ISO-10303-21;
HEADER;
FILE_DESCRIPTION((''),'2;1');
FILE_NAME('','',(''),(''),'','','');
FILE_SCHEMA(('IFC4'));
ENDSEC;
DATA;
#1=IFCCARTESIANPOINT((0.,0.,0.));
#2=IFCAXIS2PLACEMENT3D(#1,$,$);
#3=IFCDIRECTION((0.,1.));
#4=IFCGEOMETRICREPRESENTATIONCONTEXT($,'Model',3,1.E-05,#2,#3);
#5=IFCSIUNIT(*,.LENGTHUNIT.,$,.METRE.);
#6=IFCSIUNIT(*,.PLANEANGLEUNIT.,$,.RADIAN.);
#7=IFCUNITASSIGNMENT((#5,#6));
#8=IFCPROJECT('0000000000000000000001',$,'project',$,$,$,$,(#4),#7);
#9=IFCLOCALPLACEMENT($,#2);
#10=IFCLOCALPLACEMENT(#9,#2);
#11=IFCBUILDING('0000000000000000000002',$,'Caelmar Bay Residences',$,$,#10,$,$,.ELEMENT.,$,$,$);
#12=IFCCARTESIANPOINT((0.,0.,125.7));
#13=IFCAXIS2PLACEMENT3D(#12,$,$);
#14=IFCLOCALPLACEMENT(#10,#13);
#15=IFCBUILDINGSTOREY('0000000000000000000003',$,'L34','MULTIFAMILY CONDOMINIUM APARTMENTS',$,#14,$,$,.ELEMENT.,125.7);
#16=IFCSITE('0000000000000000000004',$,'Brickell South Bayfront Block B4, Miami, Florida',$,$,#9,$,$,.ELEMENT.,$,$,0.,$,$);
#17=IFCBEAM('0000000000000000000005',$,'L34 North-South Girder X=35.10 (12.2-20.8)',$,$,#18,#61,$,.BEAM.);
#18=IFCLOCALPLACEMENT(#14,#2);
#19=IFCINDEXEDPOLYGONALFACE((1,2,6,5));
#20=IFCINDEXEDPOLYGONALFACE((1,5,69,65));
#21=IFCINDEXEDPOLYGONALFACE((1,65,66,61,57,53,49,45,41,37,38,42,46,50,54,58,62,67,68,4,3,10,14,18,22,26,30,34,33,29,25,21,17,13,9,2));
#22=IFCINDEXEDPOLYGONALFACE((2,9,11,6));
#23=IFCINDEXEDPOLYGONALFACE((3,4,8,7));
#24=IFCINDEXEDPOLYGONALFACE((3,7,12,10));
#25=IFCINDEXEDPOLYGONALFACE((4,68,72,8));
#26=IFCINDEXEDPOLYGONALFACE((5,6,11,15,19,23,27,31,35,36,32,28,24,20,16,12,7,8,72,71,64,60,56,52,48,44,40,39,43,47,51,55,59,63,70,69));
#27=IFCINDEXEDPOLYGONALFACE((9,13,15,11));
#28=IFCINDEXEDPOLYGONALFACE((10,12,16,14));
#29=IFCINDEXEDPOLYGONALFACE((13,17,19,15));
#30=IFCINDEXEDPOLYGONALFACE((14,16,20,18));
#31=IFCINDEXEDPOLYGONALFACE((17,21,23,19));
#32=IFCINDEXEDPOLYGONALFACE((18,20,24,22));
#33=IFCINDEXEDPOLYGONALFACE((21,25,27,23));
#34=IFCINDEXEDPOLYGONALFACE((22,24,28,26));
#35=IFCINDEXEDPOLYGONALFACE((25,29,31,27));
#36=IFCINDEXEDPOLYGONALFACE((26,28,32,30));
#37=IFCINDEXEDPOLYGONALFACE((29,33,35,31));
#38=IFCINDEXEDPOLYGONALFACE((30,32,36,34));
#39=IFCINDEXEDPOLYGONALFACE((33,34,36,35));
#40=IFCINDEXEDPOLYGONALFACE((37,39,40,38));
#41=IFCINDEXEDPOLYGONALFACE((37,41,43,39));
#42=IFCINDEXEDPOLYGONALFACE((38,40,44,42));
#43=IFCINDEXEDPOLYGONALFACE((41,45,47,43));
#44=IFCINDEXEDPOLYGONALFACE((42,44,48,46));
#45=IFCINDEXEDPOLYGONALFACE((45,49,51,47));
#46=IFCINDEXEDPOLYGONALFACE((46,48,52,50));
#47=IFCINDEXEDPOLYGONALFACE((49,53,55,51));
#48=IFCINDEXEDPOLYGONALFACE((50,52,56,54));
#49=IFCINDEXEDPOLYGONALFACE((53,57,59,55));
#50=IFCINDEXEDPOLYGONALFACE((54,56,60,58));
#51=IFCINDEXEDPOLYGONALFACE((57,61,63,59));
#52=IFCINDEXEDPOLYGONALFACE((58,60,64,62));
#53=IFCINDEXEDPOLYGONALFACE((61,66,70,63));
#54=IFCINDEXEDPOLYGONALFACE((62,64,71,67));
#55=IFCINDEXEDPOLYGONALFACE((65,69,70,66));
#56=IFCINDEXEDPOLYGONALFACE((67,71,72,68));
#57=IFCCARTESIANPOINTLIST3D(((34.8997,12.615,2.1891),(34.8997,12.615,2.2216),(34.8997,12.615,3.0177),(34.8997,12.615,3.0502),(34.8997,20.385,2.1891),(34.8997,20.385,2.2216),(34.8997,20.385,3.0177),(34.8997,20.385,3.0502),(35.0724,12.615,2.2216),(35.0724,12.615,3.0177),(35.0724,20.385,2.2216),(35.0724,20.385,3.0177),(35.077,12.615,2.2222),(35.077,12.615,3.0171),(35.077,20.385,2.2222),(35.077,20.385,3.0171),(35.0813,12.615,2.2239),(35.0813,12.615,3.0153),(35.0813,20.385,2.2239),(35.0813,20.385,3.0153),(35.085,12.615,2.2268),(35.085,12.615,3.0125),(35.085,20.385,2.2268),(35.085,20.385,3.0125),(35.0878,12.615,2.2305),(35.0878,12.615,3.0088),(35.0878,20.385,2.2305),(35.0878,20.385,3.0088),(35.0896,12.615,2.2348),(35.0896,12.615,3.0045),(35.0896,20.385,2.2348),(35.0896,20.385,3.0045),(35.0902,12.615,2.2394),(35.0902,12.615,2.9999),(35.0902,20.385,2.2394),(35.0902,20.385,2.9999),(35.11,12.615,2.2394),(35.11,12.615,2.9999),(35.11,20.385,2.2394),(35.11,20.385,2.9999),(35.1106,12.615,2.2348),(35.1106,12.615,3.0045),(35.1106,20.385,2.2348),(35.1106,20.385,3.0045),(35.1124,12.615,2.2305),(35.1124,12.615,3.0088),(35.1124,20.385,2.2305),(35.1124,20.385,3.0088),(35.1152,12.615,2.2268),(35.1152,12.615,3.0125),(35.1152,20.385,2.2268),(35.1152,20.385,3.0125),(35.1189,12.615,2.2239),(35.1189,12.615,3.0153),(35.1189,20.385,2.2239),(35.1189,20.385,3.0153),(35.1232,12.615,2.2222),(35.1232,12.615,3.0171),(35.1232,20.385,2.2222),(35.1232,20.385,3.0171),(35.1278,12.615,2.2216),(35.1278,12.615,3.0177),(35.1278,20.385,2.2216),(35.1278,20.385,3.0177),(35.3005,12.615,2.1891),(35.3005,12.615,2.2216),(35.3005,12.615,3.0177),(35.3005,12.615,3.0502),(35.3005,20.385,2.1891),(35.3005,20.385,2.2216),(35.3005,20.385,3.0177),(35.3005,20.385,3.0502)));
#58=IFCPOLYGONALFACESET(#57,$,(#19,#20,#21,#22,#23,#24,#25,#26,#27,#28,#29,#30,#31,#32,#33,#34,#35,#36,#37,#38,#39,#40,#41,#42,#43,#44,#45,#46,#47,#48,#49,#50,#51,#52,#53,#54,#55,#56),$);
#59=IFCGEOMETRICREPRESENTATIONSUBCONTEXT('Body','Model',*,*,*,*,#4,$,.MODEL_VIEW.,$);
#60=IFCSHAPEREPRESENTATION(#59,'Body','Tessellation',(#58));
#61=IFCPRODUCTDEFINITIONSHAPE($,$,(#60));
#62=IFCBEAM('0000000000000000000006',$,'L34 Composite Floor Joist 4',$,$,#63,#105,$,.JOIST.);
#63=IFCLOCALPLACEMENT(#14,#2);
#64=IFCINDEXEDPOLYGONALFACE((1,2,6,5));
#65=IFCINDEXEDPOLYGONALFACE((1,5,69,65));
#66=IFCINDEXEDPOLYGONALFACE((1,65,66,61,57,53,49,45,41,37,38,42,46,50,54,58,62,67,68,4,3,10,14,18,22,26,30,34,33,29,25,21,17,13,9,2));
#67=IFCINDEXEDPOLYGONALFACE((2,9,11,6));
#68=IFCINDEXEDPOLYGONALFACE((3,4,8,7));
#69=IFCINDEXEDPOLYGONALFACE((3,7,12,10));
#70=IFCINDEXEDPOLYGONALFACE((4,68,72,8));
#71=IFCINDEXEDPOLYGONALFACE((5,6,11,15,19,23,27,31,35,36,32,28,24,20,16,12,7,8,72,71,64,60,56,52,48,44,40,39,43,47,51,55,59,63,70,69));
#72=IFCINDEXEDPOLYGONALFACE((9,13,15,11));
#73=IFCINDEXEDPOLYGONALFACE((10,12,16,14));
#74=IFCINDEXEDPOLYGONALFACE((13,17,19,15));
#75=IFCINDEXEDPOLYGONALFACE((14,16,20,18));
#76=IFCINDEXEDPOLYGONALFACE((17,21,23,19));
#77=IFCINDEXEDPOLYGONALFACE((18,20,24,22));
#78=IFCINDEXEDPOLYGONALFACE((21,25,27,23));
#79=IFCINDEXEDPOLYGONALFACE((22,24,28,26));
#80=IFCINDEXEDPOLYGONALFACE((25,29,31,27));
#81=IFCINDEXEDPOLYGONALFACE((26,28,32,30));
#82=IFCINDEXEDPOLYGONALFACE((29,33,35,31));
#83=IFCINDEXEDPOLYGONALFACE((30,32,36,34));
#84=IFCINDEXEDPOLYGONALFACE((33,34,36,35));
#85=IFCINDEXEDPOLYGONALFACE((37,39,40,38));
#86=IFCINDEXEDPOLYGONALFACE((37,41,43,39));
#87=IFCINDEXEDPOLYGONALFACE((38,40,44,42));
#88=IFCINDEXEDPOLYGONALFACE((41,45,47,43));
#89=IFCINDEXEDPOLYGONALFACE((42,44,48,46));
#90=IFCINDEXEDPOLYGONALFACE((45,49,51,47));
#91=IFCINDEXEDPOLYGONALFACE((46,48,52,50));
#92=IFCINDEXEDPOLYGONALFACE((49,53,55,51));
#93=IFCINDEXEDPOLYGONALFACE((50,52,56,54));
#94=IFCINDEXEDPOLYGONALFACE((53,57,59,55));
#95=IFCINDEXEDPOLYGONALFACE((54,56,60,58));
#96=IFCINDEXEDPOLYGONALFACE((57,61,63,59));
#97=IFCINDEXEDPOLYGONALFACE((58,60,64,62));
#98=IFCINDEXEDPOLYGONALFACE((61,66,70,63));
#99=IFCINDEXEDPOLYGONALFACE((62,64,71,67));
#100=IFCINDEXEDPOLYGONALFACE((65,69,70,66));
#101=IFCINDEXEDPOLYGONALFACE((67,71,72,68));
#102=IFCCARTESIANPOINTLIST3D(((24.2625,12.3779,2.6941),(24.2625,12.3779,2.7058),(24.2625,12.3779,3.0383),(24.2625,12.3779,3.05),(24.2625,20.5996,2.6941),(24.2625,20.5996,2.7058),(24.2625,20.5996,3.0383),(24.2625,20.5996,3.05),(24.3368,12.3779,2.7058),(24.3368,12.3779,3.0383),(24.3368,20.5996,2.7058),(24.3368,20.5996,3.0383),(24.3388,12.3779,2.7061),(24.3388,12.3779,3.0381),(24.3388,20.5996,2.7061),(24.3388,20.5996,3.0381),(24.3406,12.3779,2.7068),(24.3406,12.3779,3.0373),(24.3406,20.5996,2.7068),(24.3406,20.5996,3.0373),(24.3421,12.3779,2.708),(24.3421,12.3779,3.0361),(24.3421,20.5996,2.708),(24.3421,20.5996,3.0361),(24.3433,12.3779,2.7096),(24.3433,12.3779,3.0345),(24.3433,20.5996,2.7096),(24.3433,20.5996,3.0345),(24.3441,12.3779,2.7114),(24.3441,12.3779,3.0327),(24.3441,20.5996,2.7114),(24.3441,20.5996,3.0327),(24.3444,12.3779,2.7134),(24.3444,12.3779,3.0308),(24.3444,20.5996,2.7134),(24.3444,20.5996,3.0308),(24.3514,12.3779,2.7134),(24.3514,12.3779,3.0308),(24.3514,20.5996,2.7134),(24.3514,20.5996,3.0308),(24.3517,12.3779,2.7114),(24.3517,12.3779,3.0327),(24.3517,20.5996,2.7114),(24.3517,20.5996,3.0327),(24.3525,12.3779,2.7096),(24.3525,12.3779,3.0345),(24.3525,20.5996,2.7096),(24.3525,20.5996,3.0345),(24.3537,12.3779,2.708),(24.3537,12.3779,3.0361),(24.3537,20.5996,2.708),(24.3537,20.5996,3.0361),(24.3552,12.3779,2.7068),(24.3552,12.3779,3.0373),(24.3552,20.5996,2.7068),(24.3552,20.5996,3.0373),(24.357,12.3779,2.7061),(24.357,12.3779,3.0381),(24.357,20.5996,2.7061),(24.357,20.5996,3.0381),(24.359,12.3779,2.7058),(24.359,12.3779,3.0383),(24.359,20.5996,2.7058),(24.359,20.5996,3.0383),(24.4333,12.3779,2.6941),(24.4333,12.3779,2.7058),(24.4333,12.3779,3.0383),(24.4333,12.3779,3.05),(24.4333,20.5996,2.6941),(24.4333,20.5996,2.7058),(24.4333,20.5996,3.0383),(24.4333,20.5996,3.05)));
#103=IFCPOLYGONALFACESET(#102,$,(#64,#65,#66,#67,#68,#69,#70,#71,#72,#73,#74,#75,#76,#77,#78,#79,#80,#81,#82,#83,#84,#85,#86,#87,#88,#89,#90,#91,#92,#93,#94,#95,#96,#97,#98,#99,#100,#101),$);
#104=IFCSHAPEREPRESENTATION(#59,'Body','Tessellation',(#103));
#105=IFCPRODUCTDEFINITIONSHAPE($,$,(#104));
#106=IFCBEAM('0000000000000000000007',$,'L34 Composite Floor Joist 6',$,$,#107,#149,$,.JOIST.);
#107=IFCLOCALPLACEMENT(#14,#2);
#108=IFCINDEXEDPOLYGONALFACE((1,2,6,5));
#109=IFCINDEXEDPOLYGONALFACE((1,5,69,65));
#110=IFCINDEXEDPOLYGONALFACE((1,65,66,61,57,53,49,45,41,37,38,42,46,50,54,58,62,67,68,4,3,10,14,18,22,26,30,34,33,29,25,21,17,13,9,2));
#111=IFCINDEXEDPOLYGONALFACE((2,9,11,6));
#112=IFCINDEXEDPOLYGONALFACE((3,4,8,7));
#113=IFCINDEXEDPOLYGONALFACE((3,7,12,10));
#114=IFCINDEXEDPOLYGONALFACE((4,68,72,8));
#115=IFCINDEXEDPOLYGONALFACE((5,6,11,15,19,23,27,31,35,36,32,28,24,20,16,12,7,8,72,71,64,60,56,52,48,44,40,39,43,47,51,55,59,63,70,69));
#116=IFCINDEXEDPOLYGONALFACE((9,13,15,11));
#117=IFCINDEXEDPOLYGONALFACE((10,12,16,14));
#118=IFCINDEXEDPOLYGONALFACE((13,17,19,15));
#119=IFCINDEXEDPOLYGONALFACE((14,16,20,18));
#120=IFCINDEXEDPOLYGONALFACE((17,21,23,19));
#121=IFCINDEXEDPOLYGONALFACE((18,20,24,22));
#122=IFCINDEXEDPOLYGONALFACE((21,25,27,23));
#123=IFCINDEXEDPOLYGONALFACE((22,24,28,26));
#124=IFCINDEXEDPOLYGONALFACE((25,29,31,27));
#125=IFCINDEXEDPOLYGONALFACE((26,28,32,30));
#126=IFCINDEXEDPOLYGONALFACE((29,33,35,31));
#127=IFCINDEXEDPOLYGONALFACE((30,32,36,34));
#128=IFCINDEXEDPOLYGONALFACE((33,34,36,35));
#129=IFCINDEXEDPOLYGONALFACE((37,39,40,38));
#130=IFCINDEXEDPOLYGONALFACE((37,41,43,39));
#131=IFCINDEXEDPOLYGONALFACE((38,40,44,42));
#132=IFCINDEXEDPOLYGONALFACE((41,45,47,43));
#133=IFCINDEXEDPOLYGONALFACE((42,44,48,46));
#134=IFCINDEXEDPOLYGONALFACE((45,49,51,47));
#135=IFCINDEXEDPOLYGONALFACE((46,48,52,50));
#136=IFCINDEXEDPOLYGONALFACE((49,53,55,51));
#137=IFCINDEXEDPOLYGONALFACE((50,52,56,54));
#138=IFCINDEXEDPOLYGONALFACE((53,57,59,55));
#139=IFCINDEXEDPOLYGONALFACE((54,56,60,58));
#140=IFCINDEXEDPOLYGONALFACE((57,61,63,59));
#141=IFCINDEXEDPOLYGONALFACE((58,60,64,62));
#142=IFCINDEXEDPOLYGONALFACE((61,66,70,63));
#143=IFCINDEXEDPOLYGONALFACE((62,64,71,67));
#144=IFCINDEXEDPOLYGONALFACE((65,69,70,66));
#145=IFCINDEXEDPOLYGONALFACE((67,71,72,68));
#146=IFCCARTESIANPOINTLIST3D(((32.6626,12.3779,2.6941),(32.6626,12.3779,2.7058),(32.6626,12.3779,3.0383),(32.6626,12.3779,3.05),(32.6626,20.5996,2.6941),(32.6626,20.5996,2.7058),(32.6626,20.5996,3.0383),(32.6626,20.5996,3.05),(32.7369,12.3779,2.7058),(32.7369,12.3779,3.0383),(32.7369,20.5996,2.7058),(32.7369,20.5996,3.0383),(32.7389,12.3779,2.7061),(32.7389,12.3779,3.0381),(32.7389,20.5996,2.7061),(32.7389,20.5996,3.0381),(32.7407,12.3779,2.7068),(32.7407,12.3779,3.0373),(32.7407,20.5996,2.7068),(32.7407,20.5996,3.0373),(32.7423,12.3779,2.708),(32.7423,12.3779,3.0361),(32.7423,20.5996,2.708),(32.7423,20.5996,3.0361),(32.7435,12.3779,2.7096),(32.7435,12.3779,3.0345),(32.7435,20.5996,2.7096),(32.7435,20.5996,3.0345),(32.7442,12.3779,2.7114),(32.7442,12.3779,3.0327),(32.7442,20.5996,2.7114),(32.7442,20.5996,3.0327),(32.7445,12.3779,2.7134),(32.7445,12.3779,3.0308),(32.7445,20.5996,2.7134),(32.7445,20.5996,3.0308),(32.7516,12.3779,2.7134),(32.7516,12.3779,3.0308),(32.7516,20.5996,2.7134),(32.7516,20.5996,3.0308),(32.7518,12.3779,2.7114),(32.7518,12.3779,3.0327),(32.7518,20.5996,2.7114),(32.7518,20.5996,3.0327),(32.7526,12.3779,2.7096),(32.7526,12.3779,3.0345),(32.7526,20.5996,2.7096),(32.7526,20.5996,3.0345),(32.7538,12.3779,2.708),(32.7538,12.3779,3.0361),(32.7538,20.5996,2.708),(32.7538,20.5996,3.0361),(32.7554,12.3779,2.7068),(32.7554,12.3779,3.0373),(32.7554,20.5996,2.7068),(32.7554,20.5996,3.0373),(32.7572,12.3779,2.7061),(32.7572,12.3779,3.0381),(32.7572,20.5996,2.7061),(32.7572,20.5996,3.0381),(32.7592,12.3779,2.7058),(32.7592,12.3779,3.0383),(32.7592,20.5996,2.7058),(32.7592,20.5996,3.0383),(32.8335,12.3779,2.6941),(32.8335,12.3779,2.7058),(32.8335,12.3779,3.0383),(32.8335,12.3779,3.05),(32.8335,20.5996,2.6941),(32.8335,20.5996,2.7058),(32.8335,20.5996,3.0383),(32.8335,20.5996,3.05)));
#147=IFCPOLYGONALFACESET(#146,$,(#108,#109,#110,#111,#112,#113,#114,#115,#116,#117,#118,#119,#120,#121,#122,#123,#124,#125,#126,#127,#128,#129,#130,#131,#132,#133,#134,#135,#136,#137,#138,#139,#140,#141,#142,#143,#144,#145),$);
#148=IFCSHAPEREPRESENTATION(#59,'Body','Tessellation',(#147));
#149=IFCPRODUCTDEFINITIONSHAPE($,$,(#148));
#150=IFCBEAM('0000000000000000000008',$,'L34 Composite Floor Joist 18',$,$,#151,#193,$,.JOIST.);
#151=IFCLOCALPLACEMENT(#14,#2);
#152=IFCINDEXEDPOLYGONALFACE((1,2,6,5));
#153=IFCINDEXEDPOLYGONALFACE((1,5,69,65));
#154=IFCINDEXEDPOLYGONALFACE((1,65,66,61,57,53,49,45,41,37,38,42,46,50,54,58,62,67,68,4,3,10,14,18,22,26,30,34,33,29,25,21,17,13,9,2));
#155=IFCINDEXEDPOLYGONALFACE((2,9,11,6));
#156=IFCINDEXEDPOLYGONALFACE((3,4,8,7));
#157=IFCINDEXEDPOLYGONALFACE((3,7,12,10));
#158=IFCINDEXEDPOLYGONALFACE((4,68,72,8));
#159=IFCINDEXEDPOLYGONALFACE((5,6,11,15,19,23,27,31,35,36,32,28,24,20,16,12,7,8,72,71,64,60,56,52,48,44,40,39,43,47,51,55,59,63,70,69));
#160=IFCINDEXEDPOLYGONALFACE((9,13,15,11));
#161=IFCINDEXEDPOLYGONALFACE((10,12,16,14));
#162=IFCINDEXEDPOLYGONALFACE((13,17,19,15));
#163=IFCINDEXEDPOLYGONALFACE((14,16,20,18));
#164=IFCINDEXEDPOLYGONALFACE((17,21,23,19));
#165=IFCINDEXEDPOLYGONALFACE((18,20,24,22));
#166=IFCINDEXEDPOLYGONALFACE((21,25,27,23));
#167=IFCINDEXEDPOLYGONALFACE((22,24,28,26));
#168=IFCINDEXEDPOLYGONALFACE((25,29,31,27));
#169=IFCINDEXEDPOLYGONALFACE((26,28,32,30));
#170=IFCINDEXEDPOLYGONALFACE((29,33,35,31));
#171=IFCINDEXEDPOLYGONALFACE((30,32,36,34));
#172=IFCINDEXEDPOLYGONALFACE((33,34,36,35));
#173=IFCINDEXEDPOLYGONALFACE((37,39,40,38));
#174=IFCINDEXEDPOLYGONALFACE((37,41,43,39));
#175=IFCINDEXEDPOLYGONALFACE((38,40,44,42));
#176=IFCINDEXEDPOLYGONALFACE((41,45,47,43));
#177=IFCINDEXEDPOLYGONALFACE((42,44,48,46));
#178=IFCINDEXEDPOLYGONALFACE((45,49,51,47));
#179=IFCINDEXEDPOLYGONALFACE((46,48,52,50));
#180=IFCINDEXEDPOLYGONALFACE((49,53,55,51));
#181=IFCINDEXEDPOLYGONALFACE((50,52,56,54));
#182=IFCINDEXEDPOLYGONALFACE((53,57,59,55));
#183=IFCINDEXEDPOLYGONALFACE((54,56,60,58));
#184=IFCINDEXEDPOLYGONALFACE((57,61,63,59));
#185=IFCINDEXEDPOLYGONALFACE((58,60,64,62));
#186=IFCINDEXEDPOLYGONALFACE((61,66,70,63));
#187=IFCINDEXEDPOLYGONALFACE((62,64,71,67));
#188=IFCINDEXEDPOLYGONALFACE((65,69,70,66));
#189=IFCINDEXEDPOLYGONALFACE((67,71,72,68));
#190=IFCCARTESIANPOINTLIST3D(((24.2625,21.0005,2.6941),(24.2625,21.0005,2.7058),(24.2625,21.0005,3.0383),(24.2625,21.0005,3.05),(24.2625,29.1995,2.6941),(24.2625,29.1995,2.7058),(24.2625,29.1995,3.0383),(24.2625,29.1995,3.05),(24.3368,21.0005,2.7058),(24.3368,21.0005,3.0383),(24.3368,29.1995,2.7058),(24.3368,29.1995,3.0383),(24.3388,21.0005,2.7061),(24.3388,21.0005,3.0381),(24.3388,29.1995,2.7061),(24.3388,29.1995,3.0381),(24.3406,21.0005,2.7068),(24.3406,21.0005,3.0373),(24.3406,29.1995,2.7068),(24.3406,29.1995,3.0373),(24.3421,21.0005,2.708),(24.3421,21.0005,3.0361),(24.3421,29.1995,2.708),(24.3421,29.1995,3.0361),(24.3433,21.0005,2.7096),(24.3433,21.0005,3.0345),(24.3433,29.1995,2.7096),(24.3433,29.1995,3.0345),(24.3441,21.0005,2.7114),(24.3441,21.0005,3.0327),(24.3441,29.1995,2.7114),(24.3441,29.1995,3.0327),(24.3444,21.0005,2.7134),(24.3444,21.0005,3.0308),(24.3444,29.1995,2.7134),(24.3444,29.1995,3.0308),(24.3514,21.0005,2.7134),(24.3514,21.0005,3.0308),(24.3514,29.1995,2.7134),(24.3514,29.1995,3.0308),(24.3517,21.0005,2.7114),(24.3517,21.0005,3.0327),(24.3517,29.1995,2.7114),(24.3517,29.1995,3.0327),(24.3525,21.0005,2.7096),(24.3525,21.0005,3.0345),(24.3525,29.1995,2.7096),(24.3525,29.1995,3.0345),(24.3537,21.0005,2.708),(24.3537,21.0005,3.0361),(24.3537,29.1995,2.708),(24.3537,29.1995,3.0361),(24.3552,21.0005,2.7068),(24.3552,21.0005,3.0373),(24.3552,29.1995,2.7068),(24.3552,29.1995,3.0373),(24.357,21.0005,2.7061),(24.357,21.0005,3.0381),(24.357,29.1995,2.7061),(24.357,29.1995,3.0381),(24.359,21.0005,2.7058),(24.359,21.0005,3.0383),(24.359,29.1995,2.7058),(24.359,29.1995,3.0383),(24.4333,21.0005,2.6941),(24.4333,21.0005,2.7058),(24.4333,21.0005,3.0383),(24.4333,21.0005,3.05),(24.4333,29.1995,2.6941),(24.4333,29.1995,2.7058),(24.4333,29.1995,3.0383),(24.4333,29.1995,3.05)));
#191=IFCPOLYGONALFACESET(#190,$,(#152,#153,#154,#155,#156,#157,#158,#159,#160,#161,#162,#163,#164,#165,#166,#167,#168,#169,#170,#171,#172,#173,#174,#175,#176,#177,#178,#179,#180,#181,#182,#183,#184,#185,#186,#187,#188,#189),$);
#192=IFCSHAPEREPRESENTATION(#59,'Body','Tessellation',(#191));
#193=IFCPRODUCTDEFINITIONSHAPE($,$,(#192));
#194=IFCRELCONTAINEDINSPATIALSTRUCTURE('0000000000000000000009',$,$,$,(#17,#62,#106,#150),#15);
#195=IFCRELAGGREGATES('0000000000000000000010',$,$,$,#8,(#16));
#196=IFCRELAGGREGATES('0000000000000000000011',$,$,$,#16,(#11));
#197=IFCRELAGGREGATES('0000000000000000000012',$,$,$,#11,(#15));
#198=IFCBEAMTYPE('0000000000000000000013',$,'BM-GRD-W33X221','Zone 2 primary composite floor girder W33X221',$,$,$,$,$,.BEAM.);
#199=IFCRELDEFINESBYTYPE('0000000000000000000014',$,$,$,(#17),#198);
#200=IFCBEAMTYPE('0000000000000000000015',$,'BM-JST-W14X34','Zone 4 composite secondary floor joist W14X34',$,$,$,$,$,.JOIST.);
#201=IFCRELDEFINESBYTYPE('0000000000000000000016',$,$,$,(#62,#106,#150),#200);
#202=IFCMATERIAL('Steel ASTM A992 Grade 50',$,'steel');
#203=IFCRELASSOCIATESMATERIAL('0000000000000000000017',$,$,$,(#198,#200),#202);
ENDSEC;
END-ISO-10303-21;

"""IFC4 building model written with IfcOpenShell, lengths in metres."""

from ifc_helpers import new_model, si_unit, direction, frame, origin, origin_2d, place, context, subcontext, project, spatial, i_section, extrude, material, material_profile, profile_set, type_object, element, save


model = new_model("IFC4")

# Units and contexts
model_context = context("Model", 3, precision=1e-05, world=origin(), true_north=direction((0.0, 1.0)))
body_context = subcontext(model_context, "Body", "Model", "MODEL_VIEW")
ifc_project = project(units=[si_unit("LENGTHUNIT", "METRE"), si_unit("PLANEANGLEUNIT", "RADIAN")], contexts=[model_context])

# Site, building, storey
site_placement = place(None, origin())
site = spatial("IfcSite", under=ifc_project, at=site_placement, Name="Brickell South Bayfront Block B4, Miami, Florida", CompositionType="ELEMENT", RefElevation=0.0)
building_placement = place(site_placement, origin())
building = spatial("IfcBuilding", under=site, at=building_placement, Name="Caelmar Bay Residences", CompositionType="ELEMENT")
storey_placement = place(building_placement, frame((0.0, 0.0, 125.7)))
storey = spatial("IfcBuildingStorey", under=building, at=storey_placement, Name="L34", Description="MULTIFAMILY CONDOMINIUM APARTMENTS", CompositionType="ELEMENT", Elevation=125.7)

# Beams
ifc_material_1 = material(Name="Steel ASTM A992 Grade 50", Category="steel")
ifc_material_profile_1 = material_profile(ifc_material_1, i_section(OverallWidth=0.4009, OverallDepth=0.8611, WebThickness=0.0198, FlangeThickness=0.0325, FilletRadius=0.0178, at=origin_2d()), Name="W33X221")
ifc_profile_set_1 = profile_set([ifc_material_profile_1], Name="Steel ASTM A992 Grade 50")
beam_type_1 = type_object("IfcBeamType", Name="BM-GRD-W33X221", Description="Zone 2 primary composite floor girder W33X221", PredefinedType="BEAM", material=ifc_profile_set_1)
for number, where, z_axis, x_axis, name in (
    (1, (35.1001, 12.615, 2.6196), (0.0, 1.0, 0.0), (-1.0, 0.0, 0.0), "L34 North-South Girder X=35.10 (12.2-20.8)"),
):
    element("IfcBeam", number, at=place(storey_placement, frame(where, z_axis=z_axis, x_axis=x_axis)), inside=storey, type_object=beam_type_1, Name=name, PredefinedType="BEAM", context=body_context, shape_type="SweptSolid", body=[
        extrude(i_section(OverallWidth=0.4009, OverallDepth=0.8611, WebThickness=0.0198, FlangeThickness=0.0325, FilletRadius=0.0178, at=origin_2d()), origin(), (0.0, 0.0, 1.0), 7.77),
    ])
ifc_material_profile_2 = material_profile(ifc_material_1, i_section(OverallWidth=0.1709, OverallDepth=0.356, WebThickness=0.0071, FlangeThickness=0.0117, FilletRadius=0.0076, at=origin_2d()), Name="W14X34")
ifc_profile_set_2 = profile_set([ifc_material_profile_2], Name="Steel ASTM A992 Grade 50")
beam_type_2 = type_object("IfcBeamType", Name="BM-JST-W14X34", Description="Zone 4 composite secondary floor joist W14X34", PredefinedType="JOIST", material=ifc_profile_set_2)
for number, where, z_axis, x_axis, name in (
    (2, (24.3479, 12.3779, 2.8721), (0.0, 1.0, 0.0), (-1.0, 0.0, 0.0), "L34 Composite Floor Joist 4"),
    (3, (32.748, 12.3779, 2.8721), (0.0, 1.0, 0.0), (-1.0, 0.0, 0.0), "L34 Composite Floor Joist 6"),
):
    element("IfcBeam", number, at=place(storey_placement, frame(where, z_axis=z_axis, x_axis=x_axis)), inside=storey, type_object=beam_type_2, Name=name, PredefinedType="JOIST", context=body_context, shape_type="SweptSolid", body=[
        extrude(i_section(OverallWidth=0.1709, OverallDepth=0.356, WebThickness=0.0071, FlangeThickness=0.0117, FilletRadius=0.0076, at=origin_2d()), origin(), (0.0, 0.0, 1.0), 8.2217),
    ])
for number, where, z_axis, x_axis, name in (
    (4, (24.3479, 21.0005, 2.8721), (0.0, 1.0, 0.0), (-1.0, 0.0, 0.0), "L34 Composite Floor Joist 18"),
):
    element("IfcBeam", number, at=place(storey_placement, frame(where, z_axis=z_axis, x_axis=x_axis)), inside=storey, type_object=beam_type_2, Name=name, PredefinedType="JOIST", context=body_context, shape_type="SweptSolid", body=[
        extrude(i_section(OverallWidth=0.1709, OverallDepth=0.356, WebThickness=0.0071, FlangeThickness=0.0117, FilletRadius=0.0076, at=origin_2d()), origin(), (0.0, 0.0, 1.0), 8.199),
    ])

save(model, "model.ifc")
